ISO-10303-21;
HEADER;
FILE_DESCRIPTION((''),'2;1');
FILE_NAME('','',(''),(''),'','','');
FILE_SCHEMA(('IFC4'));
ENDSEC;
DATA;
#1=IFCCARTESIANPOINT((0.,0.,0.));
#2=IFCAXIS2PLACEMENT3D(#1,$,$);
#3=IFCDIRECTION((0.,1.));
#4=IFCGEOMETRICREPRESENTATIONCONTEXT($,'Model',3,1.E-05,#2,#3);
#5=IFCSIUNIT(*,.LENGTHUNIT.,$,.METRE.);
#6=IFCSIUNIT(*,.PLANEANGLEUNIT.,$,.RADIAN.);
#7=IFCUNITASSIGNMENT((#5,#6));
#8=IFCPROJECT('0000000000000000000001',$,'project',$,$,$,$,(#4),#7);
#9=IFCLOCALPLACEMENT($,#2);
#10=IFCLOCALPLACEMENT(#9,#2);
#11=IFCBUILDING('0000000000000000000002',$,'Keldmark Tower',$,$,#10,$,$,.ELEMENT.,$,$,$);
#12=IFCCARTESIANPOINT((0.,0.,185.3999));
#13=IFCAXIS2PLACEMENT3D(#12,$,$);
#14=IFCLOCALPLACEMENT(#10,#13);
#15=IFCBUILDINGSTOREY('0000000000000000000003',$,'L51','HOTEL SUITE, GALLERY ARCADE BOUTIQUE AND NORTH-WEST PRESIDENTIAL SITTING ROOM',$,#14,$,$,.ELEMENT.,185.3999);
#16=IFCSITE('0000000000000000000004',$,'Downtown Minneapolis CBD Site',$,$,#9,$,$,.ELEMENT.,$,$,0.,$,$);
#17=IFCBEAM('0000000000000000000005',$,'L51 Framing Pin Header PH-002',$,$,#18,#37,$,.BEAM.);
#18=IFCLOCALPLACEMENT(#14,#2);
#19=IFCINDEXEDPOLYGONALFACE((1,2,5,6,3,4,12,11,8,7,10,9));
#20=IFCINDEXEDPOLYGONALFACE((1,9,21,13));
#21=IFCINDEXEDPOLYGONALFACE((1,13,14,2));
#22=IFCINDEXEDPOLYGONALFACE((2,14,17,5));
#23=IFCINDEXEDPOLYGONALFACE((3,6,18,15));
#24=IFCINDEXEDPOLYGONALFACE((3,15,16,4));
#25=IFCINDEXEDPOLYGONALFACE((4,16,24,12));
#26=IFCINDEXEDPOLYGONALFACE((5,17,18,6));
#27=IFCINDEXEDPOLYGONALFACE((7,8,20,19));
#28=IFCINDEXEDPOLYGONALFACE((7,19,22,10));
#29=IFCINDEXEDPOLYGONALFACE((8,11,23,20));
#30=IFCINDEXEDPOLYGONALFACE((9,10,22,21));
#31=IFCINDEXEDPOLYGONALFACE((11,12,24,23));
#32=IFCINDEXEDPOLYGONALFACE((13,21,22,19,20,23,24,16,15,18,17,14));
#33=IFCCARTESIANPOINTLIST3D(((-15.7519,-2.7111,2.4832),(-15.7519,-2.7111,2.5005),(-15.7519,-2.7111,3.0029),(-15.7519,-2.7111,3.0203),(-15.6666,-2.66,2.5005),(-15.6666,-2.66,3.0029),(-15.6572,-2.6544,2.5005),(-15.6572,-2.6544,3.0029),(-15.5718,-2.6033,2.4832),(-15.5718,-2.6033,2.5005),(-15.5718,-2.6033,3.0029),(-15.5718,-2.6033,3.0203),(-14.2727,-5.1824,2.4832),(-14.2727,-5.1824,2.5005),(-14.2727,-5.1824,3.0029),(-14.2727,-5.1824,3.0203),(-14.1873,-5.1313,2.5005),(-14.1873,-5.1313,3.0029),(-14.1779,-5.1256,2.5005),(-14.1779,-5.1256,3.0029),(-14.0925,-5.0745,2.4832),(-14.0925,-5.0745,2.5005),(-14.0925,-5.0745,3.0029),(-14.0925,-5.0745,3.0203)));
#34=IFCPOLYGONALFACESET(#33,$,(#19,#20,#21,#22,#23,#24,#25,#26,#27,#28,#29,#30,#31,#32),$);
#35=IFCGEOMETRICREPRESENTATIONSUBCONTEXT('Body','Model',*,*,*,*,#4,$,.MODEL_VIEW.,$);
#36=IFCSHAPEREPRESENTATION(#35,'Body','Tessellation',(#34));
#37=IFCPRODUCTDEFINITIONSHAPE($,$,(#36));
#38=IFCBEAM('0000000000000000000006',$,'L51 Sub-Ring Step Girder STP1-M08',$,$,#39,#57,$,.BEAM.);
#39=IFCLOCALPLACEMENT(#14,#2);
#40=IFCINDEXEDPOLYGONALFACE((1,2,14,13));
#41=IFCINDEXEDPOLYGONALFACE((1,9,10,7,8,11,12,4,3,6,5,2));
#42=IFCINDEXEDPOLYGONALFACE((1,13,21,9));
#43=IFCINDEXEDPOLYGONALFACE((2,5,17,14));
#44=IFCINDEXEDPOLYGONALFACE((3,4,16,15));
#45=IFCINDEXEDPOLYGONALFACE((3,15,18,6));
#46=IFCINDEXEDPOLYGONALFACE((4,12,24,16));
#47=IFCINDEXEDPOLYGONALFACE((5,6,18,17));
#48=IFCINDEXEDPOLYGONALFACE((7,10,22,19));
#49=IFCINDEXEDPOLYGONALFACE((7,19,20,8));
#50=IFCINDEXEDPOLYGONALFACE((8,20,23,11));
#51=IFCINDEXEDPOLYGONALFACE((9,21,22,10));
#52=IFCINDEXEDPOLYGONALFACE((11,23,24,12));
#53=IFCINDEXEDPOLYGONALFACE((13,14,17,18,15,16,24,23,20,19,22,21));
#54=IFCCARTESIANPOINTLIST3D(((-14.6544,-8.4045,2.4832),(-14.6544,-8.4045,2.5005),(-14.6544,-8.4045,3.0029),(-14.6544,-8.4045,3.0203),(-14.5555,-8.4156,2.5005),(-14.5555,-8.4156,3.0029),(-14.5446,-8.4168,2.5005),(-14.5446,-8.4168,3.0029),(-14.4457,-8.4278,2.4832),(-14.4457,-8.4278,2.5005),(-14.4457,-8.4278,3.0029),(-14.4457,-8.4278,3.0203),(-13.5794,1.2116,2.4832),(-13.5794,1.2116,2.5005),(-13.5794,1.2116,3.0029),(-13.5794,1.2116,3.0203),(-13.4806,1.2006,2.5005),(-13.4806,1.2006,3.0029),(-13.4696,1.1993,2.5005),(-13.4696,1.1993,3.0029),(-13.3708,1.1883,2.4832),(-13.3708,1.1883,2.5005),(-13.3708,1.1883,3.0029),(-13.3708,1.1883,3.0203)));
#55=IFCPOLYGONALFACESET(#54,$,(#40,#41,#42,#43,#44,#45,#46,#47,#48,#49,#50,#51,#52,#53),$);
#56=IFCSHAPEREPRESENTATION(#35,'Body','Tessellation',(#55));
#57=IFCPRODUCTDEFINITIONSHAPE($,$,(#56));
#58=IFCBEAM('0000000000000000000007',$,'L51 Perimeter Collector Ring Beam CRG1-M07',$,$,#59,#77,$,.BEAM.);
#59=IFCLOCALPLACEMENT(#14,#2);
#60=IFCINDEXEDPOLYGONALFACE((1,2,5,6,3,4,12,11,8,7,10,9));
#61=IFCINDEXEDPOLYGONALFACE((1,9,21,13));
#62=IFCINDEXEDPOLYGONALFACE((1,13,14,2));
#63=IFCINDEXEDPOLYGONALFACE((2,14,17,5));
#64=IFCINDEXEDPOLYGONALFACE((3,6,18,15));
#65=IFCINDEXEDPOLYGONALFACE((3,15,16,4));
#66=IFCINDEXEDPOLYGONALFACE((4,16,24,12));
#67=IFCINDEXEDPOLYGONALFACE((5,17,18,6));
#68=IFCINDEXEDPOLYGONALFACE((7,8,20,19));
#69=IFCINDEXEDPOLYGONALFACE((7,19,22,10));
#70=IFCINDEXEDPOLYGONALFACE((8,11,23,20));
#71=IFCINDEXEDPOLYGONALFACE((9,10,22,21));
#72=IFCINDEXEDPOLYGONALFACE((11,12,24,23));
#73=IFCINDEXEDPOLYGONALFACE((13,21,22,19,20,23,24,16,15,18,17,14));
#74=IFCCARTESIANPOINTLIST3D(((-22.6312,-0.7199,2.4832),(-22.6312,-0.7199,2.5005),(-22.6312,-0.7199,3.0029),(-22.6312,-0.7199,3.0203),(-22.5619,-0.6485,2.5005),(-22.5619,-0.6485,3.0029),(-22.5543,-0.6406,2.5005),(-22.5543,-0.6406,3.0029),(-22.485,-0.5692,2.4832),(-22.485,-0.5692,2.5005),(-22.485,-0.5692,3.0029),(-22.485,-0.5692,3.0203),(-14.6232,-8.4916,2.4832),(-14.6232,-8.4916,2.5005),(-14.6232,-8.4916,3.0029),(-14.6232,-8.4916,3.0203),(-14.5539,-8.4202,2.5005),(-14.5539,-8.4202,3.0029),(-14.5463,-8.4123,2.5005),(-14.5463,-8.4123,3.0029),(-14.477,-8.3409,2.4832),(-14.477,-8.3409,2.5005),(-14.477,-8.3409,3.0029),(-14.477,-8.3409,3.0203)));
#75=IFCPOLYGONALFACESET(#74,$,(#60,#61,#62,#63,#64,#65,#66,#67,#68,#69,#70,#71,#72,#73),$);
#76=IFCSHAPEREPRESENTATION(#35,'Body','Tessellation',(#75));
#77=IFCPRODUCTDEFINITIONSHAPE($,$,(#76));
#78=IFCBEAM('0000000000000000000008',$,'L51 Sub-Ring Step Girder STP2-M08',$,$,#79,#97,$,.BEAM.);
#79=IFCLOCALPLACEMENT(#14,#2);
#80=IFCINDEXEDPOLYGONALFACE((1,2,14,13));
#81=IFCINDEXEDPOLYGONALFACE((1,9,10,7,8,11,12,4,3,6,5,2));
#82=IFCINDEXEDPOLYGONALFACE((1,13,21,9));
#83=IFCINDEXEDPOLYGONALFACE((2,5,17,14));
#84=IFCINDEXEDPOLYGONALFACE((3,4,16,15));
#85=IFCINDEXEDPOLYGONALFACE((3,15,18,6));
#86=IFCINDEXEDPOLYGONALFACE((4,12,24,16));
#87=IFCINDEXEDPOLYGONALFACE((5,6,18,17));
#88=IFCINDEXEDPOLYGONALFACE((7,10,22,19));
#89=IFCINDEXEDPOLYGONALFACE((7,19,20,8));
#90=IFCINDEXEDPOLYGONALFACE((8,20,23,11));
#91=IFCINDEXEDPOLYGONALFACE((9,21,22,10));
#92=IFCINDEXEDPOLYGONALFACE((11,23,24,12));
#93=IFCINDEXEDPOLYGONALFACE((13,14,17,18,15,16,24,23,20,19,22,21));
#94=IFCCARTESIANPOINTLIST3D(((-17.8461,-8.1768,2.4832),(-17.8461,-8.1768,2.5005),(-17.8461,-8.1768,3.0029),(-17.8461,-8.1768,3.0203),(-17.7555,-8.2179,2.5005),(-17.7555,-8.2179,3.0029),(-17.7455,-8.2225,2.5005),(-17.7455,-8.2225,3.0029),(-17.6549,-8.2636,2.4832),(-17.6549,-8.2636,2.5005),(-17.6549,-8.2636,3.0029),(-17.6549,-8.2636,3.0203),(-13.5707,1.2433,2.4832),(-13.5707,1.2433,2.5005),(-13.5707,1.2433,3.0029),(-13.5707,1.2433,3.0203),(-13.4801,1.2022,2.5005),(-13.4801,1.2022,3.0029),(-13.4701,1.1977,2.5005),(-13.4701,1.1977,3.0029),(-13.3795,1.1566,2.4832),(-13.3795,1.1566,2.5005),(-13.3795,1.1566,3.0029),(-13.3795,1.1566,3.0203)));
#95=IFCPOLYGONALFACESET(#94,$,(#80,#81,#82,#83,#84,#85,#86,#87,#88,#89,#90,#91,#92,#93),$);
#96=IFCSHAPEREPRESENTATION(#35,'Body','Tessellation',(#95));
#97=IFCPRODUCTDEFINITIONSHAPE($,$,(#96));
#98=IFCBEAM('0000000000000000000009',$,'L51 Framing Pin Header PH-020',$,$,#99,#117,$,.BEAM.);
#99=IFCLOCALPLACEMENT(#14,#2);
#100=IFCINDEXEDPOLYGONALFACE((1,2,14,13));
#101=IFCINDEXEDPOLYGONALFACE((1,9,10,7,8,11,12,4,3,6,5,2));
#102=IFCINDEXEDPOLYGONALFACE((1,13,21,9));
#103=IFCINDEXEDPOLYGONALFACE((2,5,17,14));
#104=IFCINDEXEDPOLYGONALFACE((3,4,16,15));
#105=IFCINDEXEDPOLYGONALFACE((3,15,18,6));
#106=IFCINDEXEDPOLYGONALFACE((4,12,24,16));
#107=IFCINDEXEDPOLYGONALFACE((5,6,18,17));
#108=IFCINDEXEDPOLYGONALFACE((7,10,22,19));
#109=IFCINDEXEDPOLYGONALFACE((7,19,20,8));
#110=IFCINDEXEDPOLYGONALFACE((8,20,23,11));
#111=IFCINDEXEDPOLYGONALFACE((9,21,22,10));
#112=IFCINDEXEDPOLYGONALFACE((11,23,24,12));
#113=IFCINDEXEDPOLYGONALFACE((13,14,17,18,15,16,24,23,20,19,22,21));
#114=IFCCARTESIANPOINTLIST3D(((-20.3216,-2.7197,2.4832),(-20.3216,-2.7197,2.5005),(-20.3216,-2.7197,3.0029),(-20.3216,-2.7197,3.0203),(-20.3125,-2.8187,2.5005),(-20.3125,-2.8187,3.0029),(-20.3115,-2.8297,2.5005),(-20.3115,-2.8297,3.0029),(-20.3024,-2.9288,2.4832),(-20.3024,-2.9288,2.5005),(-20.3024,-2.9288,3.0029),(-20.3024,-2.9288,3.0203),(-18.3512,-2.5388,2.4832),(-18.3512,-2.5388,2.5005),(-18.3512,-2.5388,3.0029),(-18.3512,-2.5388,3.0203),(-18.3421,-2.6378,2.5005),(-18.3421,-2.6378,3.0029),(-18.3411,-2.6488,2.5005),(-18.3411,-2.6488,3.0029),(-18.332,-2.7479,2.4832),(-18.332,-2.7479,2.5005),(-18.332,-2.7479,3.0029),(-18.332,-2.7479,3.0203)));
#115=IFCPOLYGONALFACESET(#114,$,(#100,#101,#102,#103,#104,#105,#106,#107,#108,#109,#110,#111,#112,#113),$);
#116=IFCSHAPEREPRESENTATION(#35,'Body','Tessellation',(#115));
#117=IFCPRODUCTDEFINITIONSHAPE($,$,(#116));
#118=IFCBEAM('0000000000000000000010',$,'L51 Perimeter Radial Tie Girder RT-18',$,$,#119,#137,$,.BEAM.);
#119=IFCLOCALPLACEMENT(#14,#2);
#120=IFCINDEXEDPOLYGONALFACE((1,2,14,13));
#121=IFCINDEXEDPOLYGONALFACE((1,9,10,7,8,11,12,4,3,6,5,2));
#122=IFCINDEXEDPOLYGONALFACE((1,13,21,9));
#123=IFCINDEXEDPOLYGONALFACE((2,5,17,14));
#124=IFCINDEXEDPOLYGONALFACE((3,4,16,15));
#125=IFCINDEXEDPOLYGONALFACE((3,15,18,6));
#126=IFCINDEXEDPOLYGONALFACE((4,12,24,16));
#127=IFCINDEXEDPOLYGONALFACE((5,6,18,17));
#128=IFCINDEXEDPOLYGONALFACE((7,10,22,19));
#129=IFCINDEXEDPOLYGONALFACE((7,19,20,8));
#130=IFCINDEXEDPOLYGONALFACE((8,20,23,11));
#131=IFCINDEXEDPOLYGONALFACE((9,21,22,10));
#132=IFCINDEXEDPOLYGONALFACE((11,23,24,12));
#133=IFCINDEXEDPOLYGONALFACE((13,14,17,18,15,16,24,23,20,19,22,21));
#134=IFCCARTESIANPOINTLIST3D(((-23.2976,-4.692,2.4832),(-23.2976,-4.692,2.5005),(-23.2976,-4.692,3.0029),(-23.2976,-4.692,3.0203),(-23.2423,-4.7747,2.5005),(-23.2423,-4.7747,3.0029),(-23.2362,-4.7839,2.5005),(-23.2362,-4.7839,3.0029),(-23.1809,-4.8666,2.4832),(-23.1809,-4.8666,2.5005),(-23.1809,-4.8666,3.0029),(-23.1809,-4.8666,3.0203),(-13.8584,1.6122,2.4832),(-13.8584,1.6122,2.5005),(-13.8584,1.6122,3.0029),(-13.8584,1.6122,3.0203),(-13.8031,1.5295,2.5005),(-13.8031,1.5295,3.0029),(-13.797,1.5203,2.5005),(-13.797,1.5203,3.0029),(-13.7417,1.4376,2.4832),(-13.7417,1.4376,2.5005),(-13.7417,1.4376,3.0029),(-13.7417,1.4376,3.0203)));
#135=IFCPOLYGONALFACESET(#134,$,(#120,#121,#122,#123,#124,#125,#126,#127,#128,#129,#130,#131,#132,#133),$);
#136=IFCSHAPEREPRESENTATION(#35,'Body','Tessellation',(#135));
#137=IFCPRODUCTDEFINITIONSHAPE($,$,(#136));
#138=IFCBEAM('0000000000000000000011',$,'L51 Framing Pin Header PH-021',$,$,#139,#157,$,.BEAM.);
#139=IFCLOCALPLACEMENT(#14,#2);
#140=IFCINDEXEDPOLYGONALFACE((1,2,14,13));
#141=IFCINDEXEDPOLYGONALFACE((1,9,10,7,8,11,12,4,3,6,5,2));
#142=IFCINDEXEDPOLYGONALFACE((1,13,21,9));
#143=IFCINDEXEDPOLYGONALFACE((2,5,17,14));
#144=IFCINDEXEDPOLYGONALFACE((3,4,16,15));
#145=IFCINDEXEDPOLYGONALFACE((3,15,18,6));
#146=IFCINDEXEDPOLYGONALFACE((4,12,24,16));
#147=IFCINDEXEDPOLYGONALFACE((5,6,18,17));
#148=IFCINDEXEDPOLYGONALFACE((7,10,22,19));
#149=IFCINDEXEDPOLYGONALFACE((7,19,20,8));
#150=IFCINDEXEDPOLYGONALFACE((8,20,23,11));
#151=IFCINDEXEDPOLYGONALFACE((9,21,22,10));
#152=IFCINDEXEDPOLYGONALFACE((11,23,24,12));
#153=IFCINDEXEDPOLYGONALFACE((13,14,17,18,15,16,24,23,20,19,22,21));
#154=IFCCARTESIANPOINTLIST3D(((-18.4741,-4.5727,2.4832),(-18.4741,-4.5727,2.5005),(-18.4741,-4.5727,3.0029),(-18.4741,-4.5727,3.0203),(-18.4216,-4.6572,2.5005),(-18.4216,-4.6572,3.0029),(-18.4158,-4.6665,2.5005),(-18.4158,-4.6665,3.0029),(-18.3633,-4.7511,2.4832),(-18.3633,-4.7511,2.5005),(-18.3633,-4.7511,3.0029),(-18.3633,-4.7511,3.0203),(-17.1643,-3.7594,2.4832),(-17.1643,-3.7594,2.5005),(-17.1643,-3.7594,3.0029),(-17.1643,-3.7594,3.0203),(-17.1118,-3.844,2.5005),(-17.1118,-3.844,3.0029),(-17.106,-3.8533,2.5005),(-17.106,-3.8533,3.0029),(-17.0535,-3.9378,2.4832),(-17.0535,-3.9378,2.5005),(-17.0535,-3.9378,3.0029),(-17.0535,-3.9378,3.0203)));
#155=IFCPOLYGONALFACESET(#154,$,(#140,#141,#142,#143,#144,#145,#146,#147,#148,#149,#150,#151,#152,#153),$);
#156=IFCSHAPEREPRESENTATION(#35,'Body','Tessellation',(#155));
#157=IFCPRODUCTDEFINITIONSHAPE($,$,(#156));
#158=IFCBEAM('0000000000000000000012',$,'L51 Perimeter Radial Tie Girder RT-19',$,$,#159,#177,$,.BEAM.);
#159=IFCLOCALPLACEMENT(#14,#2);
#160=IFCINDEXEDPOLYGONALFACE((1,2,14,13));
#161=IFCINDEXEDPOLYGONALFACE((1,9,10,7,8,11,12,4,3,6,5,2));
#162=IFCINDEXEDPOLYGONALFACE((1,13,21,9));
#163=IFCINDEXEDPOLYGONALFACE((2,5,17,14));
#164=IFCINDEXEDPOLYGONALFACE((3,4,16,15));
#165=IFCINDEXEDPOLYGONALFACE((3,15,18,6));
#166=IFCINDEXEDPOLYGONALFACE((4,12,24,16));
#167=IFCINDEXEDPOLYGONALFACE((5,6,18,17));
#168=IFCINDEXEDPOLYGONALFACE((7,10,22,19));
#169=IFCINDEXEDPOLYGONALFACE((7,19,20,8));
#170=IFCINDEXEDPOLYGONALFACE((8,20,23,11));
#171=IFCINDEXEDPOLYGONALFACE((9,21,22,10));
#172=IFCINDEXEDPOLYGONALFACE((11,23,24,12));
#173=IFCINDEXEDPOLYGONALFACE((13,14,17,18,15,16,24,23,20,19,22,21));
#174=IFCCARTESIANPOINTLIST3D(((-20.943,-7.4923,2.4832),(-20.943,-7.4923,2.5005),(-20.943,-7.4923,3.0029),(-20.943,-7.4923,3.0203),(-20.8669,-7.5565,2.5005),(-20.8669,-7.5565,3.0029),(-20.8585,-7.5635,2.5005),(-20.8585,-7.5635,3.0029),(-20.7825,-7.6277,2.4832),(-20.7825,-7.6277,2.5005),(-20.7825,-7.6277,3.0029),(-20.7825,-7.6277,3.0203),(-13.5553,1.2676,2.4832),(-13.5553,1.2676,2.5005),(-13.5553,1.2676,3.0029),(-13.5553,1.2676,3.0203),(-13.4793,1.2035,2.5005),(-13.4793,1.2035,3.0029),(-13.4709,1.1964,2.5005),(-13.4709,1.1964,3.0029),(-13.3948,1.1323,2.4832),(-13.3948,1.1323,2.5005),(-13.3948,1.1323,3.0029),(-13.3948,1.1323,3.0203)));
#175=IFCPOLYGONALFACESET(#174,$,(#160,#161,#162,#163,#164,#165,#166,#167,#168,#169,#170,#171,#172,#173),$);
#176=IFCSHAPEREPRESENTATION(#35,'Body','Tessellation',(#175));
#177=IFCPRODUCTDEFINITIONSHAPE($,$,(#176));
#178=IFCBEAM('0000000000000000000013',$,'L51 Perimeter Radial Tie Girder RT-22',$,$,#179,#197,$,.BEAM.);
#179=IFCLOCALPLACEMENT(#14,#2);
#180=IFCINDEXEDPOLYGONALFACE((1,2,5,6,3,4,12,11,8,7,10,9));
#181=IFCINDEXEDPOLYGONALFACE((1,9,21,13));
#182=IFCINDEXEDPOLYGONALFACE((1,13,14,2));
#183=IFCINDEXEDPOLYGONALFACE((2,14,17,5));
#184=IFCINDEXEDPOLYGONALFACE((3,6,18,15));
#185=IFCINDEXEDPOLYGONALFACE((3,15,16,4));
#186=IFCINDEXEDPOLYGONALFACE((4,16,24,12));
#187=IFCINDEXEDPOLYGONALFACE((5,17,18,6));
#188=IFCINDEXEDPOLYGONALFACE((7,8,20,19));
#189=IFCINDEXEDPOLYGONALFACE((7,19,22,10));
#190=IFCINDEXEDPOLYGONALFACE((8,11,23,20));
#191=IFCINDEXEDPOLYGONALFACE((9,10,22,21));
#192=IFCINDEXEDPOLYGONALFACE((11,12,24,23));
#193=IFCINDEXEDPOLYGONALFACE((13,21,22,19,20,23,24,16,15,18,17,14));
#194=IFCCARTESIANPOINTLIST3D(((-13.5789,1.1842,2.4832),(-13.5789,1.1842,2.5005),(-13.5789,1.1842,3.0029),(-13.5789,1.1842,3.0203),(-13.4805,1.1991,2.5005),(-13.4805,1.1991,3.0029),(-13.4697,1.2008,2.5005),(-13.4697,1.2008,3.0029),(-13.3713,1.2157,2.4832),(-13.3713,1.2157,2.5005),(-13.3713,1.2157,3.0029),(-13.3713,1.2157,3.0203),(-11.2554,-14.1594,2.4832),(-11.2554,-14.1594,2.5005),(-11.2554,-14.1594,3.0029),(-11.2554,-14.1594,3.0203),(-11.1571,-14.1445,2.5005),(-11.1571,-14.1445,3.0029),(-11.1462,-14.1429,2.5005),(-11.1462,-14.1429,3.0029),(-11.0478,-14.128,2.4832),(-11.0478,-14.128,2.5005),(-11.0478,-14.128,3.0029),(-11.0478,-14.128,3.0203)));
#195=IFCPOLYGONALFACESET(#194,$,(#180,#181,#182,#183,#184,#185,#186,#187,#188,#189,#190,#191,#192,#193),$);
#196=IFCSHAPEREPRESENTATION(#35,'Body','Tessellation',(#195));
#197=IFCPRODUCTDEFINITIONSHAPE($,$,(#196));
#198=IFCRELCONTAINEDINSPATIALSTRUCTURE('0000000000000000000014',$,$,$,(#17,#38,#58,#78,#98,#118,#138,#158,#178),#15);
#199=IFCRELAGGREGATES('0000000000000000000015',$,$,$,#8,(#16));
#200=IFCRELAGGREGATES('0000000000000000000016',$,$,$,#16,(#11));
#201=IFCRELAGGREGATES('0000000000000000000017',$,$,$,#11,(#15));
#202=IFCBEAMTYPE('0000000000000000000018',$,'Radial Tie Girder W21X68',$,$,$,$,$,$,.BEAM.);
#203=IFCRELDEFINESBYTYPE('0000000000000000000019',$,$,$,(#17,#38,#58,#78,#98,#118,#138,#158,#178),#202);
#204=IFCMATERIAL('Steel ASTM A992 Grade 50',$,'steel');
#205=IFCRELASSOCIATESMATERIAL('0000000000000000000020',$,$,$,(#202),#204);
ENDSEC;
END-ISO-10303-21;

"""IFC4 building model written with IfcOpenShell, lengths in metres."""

from ifc_helpers import new_model, si_unit, direction, frame, origin, origin_2d, place, context, subcontext, project, spatial, i_section, extrude, material, material_profile, profile_set, type_object, element, save


model = new_model("IFC4")

# Units and contexts
model_context = context("Model", 3, precision=1e-05, world=origin(), true_north=direction((0.0, 1.0)))
body_context = subcontext(model_context, "Body", "Model", "MODEL_VIEW")
ifc_project = project(units=[si_unit("LENGTHUNIT", "METRE"), si_unit("PLANEANGLEUNIT", "RADIAN")], contexts=[model_context])

# Site, building, storey
site_placement = place(None, origin())
site = spatial("IfcSite", under=ifc_project, at=site_placement, Name="Downtown Minneapolis CBD Site", CompositionType="ELEMENT", RefElevation=0.0)
building_placement = place(site_placement, origin())
building = spatial("IfcBuilding", under=site, at=building_placement, Name="Keldmark Tower", CompositionType="ELEMENT")
storey_placement = place(building_placement, frame((0.0, 0.0, 185.3999)))
storey = spatial("IfcBuildingStorey", under=building, at=storey_placement, Name="L51", Description="HOTEL SUITE, GALLERY ARCADE BOUTIQUE AND NORTH-WEST PRESIDENTIAL SITTING ROOM", CompositionType="ELEMENT", Elevation=185.3999)

# Beams
ifc_material_1 = material(Name="Steel ASTM A992 Grade 50", Category="steel")
ifc_material_profile_1 = material_profile(ifc_material_1, i_section(OverallWidth=0.21, OverallDepth=0.5371, WebThickness=0.011, FlangeThickness=0.0173, at=origin_2d()), Name="W21X68")
ifc_profile_set_1 = profile_set([ifc_material_profile_1], Name="Steel ASTM A992 Grade 50")
beam_type_1 = type_object("IfcBeamType", Name="Radial Tie Girder W21X68", PredefinedType="BEAM", material=ifc_profile_set_1)
beam_1_placement = place(storey_placement, frame((-15.6619, -2.6572, 2.7517), z_axis=(0.51361, -0.858024, 0.0), x_axis=(0.858024, 0.51361, 0.0)))
element("IfcBeam", 1, at=beam_1_placement, inside=storey, type_object=beam_type_1, Name="L51 Framing Pin Header PH-002", PredefinedType="BEAM", context=body_context, shape_type="SweptSolid", body=[
    extrude(i_section(OverallWidth=0.21, OverallDepth=0.5371, WebThickness=0.011, FlangeThickness=0.0173, at=origin_2d()), origin(), (0.0, 0.0, 1.0), 2.8801),
])
beam_2_placement = place(storey_placement, frame((-13.4751, 1.2, 2.7517), z_axis=(-0.111093, -0.99381, 0.0), x_axis=(0.99381, -0.111093, 0.0)))
element("IfcBeam", 2, at=beam_2_placement, inside=storey, type_object=beam_type_1, Name="L51 Sub-Ring Step Girder STP1-M08", PredefinedType="BEAM", context=body_context, shape_type="SweptSolid", body=[
    extrude(i_section(OverallWidth=0.21, OverallDepth=0.5371, WebThickness=0.011, FlangeThickness=0.0173, at=origin_2d()), origin(), (0.0, 0.0, 1.0), 9.676),
])
beam_3_placement = place(storey_placement, frame((-22.5581, -0.6445, 2.7517), z_axis=(0.717616, -0.696439, 0.0), x_axis=(0.696439, 0.717616, 0.0)))
element("IfcBeam", 3, at=beam_3_placement, inside=storey, type_object=beam_type_1, Name="L51 Perimeter Collector Ring Beam CRG1-M07", PredefinedType="BEAM", context=body_context, shape_type="SweptSolid", body=[
    extrude(i_section(OverallWidth=0.21, OverallDepth=0.5371, WebThickness=0.011, FlangeThickness=0.0173, at=origin_2d()), origin(), (0.0, 0.0, 1.0), 11.1592),
])
beam_4_placement = place(storey_placement, frame((-13.4751, 1.2, 2.7517), z_axis=(-0.413282, -0.910603, 0.0), x_axis=(0.910603, -0.413282, 0.0)))
element("IfcBeam", 4, at=beam_4_placement, inside=storey, type_object=beam_type_1, Name="L51 Sub-Ring Step Girder STP2-M08", PredefinedType="BEAM", context=body_context, shape_type="SweptSolid", body=[
    extrude(i_section(OverallWidth=0.21, OverallDepth=0.5371, WebThickness=0.011, FlangeThickness=0.0173, at=origin_2d()), origin(), (0.0, 0.0, 1.0), 10.345),
])
beam_5_placement = place(storey_placement, frame((-18.3416, -2.6433, 2.7517), z_axis=(-0.995812, -0.091426, 0.0), x_axis=(0.091426, -0.995812, 0.0)))
element("IfcBeam", 5, at=beam_5_placement, inside=storey, type_object=beam_type_1, Name="L51 Framing Pin Header PH-020", PredefinedType="BEAM", context=body_context, shape_type="SweptSolid", body=[
    extrude(i_section(OverallWidth=0.21, OverallDepth=0.5371, WebThickness=0.011, FlangeThickness=0.0173, at=origin_2d()), origin(), (0.0, 0.0, 1.0), 1.9788),
])
beam_6_placement = place(storey_placement, frame((-13.8, 1.5249, 2.7517), z_axis=(-0.831587, -0.555395, 0.0), x_axis=(0.555395, -0.831587, 0.0)))
element("IfcBeam", 6, at=beam_6_placement, inside=storey, type_object=beam_type_1, Name="L51 Perimeter Radial Tie Girder RT-18", PredefinedType="BEAM", context=body_context, shape_type="SweptSolid", body=[
    extrude(i_section(OverallWidth=0.21, OverallDepth=0.5371, WebThickness=0.011, FlangeThickness=0.0173, at=origin_2d()), origin(), (0.0, 0.0, 1.0), 11.3508),
])
beam_7_placement = place(storey_placement, frame((-17.1089, -3.8486, 2.7517), z_axis=(-0.849569, -0.527477, 0.0), x_axis=(0.527477, -0.849569, 0.0)))
element("IfcBeam", 7, at=beam_7_placement, inside=storey, type_object=beam_type_1, Name="L51 Framing Pin Header PH-021", PredefinedType="BEAM", context=body_context, shape_type="SweptSolid", body=[
    extrude(i_section(OverallWidth=0.21, OverallDepth=0.5371, WebThickness=0.011, FlangeThickness=0.0173, at=origin_2d()), origin(), (0.0, 0.0, 1.0), 1.5417),
])
beam_8_placement = place(storey_placement, frame((-13.4751, 1.2, 2.7517), z_axis=(-0.644689, -0.764445, 0.0), x_axis=(0.764445, -0.644689, 0.0)))
element("IfcBeam", 8, at=beam_8_placement, inside=storey, type_object=beam_type_1, Name="L51 Perimeter Radial Tie Girder RT-19", PredefinedType="BEAM", context=body_context, shape_type="SweptSolid", body=[
    extrude(i_section(OverallWidth=0.21, OverallDepth=0.5371, WebThickness=0.011, FlangeThickness=0.0173, at=origin_2d()), origin(), (0.0, 0.0, 1.0), 11.4592),
])
beam_9_placement = place(storey_placement, frame((-13.4751, 1.2, 2.7517), z_axis=(0.149722, -0.988728, 0.0), x_axis=(0.988728, 0.149722, 0.0)))
element("IfcBeam", 9, at=beam_9_placement, inside=storey, type_object=beam_type_1, Name="L51 Perimeter Radial Tie Girder RT-22", PredefinedType="BEAM", context=body_context, shape_type="SweptSolid", body=[
    extrude(i_section(OverallWidth=0.21, OverallDepth=0.5371, WebThickness=0.011, FlangeThickness=0.0173, at=origin_2d()), origin(), (0.0, 0.0, 1.0), 15.5186),
])

save(model, "model.ifc")
